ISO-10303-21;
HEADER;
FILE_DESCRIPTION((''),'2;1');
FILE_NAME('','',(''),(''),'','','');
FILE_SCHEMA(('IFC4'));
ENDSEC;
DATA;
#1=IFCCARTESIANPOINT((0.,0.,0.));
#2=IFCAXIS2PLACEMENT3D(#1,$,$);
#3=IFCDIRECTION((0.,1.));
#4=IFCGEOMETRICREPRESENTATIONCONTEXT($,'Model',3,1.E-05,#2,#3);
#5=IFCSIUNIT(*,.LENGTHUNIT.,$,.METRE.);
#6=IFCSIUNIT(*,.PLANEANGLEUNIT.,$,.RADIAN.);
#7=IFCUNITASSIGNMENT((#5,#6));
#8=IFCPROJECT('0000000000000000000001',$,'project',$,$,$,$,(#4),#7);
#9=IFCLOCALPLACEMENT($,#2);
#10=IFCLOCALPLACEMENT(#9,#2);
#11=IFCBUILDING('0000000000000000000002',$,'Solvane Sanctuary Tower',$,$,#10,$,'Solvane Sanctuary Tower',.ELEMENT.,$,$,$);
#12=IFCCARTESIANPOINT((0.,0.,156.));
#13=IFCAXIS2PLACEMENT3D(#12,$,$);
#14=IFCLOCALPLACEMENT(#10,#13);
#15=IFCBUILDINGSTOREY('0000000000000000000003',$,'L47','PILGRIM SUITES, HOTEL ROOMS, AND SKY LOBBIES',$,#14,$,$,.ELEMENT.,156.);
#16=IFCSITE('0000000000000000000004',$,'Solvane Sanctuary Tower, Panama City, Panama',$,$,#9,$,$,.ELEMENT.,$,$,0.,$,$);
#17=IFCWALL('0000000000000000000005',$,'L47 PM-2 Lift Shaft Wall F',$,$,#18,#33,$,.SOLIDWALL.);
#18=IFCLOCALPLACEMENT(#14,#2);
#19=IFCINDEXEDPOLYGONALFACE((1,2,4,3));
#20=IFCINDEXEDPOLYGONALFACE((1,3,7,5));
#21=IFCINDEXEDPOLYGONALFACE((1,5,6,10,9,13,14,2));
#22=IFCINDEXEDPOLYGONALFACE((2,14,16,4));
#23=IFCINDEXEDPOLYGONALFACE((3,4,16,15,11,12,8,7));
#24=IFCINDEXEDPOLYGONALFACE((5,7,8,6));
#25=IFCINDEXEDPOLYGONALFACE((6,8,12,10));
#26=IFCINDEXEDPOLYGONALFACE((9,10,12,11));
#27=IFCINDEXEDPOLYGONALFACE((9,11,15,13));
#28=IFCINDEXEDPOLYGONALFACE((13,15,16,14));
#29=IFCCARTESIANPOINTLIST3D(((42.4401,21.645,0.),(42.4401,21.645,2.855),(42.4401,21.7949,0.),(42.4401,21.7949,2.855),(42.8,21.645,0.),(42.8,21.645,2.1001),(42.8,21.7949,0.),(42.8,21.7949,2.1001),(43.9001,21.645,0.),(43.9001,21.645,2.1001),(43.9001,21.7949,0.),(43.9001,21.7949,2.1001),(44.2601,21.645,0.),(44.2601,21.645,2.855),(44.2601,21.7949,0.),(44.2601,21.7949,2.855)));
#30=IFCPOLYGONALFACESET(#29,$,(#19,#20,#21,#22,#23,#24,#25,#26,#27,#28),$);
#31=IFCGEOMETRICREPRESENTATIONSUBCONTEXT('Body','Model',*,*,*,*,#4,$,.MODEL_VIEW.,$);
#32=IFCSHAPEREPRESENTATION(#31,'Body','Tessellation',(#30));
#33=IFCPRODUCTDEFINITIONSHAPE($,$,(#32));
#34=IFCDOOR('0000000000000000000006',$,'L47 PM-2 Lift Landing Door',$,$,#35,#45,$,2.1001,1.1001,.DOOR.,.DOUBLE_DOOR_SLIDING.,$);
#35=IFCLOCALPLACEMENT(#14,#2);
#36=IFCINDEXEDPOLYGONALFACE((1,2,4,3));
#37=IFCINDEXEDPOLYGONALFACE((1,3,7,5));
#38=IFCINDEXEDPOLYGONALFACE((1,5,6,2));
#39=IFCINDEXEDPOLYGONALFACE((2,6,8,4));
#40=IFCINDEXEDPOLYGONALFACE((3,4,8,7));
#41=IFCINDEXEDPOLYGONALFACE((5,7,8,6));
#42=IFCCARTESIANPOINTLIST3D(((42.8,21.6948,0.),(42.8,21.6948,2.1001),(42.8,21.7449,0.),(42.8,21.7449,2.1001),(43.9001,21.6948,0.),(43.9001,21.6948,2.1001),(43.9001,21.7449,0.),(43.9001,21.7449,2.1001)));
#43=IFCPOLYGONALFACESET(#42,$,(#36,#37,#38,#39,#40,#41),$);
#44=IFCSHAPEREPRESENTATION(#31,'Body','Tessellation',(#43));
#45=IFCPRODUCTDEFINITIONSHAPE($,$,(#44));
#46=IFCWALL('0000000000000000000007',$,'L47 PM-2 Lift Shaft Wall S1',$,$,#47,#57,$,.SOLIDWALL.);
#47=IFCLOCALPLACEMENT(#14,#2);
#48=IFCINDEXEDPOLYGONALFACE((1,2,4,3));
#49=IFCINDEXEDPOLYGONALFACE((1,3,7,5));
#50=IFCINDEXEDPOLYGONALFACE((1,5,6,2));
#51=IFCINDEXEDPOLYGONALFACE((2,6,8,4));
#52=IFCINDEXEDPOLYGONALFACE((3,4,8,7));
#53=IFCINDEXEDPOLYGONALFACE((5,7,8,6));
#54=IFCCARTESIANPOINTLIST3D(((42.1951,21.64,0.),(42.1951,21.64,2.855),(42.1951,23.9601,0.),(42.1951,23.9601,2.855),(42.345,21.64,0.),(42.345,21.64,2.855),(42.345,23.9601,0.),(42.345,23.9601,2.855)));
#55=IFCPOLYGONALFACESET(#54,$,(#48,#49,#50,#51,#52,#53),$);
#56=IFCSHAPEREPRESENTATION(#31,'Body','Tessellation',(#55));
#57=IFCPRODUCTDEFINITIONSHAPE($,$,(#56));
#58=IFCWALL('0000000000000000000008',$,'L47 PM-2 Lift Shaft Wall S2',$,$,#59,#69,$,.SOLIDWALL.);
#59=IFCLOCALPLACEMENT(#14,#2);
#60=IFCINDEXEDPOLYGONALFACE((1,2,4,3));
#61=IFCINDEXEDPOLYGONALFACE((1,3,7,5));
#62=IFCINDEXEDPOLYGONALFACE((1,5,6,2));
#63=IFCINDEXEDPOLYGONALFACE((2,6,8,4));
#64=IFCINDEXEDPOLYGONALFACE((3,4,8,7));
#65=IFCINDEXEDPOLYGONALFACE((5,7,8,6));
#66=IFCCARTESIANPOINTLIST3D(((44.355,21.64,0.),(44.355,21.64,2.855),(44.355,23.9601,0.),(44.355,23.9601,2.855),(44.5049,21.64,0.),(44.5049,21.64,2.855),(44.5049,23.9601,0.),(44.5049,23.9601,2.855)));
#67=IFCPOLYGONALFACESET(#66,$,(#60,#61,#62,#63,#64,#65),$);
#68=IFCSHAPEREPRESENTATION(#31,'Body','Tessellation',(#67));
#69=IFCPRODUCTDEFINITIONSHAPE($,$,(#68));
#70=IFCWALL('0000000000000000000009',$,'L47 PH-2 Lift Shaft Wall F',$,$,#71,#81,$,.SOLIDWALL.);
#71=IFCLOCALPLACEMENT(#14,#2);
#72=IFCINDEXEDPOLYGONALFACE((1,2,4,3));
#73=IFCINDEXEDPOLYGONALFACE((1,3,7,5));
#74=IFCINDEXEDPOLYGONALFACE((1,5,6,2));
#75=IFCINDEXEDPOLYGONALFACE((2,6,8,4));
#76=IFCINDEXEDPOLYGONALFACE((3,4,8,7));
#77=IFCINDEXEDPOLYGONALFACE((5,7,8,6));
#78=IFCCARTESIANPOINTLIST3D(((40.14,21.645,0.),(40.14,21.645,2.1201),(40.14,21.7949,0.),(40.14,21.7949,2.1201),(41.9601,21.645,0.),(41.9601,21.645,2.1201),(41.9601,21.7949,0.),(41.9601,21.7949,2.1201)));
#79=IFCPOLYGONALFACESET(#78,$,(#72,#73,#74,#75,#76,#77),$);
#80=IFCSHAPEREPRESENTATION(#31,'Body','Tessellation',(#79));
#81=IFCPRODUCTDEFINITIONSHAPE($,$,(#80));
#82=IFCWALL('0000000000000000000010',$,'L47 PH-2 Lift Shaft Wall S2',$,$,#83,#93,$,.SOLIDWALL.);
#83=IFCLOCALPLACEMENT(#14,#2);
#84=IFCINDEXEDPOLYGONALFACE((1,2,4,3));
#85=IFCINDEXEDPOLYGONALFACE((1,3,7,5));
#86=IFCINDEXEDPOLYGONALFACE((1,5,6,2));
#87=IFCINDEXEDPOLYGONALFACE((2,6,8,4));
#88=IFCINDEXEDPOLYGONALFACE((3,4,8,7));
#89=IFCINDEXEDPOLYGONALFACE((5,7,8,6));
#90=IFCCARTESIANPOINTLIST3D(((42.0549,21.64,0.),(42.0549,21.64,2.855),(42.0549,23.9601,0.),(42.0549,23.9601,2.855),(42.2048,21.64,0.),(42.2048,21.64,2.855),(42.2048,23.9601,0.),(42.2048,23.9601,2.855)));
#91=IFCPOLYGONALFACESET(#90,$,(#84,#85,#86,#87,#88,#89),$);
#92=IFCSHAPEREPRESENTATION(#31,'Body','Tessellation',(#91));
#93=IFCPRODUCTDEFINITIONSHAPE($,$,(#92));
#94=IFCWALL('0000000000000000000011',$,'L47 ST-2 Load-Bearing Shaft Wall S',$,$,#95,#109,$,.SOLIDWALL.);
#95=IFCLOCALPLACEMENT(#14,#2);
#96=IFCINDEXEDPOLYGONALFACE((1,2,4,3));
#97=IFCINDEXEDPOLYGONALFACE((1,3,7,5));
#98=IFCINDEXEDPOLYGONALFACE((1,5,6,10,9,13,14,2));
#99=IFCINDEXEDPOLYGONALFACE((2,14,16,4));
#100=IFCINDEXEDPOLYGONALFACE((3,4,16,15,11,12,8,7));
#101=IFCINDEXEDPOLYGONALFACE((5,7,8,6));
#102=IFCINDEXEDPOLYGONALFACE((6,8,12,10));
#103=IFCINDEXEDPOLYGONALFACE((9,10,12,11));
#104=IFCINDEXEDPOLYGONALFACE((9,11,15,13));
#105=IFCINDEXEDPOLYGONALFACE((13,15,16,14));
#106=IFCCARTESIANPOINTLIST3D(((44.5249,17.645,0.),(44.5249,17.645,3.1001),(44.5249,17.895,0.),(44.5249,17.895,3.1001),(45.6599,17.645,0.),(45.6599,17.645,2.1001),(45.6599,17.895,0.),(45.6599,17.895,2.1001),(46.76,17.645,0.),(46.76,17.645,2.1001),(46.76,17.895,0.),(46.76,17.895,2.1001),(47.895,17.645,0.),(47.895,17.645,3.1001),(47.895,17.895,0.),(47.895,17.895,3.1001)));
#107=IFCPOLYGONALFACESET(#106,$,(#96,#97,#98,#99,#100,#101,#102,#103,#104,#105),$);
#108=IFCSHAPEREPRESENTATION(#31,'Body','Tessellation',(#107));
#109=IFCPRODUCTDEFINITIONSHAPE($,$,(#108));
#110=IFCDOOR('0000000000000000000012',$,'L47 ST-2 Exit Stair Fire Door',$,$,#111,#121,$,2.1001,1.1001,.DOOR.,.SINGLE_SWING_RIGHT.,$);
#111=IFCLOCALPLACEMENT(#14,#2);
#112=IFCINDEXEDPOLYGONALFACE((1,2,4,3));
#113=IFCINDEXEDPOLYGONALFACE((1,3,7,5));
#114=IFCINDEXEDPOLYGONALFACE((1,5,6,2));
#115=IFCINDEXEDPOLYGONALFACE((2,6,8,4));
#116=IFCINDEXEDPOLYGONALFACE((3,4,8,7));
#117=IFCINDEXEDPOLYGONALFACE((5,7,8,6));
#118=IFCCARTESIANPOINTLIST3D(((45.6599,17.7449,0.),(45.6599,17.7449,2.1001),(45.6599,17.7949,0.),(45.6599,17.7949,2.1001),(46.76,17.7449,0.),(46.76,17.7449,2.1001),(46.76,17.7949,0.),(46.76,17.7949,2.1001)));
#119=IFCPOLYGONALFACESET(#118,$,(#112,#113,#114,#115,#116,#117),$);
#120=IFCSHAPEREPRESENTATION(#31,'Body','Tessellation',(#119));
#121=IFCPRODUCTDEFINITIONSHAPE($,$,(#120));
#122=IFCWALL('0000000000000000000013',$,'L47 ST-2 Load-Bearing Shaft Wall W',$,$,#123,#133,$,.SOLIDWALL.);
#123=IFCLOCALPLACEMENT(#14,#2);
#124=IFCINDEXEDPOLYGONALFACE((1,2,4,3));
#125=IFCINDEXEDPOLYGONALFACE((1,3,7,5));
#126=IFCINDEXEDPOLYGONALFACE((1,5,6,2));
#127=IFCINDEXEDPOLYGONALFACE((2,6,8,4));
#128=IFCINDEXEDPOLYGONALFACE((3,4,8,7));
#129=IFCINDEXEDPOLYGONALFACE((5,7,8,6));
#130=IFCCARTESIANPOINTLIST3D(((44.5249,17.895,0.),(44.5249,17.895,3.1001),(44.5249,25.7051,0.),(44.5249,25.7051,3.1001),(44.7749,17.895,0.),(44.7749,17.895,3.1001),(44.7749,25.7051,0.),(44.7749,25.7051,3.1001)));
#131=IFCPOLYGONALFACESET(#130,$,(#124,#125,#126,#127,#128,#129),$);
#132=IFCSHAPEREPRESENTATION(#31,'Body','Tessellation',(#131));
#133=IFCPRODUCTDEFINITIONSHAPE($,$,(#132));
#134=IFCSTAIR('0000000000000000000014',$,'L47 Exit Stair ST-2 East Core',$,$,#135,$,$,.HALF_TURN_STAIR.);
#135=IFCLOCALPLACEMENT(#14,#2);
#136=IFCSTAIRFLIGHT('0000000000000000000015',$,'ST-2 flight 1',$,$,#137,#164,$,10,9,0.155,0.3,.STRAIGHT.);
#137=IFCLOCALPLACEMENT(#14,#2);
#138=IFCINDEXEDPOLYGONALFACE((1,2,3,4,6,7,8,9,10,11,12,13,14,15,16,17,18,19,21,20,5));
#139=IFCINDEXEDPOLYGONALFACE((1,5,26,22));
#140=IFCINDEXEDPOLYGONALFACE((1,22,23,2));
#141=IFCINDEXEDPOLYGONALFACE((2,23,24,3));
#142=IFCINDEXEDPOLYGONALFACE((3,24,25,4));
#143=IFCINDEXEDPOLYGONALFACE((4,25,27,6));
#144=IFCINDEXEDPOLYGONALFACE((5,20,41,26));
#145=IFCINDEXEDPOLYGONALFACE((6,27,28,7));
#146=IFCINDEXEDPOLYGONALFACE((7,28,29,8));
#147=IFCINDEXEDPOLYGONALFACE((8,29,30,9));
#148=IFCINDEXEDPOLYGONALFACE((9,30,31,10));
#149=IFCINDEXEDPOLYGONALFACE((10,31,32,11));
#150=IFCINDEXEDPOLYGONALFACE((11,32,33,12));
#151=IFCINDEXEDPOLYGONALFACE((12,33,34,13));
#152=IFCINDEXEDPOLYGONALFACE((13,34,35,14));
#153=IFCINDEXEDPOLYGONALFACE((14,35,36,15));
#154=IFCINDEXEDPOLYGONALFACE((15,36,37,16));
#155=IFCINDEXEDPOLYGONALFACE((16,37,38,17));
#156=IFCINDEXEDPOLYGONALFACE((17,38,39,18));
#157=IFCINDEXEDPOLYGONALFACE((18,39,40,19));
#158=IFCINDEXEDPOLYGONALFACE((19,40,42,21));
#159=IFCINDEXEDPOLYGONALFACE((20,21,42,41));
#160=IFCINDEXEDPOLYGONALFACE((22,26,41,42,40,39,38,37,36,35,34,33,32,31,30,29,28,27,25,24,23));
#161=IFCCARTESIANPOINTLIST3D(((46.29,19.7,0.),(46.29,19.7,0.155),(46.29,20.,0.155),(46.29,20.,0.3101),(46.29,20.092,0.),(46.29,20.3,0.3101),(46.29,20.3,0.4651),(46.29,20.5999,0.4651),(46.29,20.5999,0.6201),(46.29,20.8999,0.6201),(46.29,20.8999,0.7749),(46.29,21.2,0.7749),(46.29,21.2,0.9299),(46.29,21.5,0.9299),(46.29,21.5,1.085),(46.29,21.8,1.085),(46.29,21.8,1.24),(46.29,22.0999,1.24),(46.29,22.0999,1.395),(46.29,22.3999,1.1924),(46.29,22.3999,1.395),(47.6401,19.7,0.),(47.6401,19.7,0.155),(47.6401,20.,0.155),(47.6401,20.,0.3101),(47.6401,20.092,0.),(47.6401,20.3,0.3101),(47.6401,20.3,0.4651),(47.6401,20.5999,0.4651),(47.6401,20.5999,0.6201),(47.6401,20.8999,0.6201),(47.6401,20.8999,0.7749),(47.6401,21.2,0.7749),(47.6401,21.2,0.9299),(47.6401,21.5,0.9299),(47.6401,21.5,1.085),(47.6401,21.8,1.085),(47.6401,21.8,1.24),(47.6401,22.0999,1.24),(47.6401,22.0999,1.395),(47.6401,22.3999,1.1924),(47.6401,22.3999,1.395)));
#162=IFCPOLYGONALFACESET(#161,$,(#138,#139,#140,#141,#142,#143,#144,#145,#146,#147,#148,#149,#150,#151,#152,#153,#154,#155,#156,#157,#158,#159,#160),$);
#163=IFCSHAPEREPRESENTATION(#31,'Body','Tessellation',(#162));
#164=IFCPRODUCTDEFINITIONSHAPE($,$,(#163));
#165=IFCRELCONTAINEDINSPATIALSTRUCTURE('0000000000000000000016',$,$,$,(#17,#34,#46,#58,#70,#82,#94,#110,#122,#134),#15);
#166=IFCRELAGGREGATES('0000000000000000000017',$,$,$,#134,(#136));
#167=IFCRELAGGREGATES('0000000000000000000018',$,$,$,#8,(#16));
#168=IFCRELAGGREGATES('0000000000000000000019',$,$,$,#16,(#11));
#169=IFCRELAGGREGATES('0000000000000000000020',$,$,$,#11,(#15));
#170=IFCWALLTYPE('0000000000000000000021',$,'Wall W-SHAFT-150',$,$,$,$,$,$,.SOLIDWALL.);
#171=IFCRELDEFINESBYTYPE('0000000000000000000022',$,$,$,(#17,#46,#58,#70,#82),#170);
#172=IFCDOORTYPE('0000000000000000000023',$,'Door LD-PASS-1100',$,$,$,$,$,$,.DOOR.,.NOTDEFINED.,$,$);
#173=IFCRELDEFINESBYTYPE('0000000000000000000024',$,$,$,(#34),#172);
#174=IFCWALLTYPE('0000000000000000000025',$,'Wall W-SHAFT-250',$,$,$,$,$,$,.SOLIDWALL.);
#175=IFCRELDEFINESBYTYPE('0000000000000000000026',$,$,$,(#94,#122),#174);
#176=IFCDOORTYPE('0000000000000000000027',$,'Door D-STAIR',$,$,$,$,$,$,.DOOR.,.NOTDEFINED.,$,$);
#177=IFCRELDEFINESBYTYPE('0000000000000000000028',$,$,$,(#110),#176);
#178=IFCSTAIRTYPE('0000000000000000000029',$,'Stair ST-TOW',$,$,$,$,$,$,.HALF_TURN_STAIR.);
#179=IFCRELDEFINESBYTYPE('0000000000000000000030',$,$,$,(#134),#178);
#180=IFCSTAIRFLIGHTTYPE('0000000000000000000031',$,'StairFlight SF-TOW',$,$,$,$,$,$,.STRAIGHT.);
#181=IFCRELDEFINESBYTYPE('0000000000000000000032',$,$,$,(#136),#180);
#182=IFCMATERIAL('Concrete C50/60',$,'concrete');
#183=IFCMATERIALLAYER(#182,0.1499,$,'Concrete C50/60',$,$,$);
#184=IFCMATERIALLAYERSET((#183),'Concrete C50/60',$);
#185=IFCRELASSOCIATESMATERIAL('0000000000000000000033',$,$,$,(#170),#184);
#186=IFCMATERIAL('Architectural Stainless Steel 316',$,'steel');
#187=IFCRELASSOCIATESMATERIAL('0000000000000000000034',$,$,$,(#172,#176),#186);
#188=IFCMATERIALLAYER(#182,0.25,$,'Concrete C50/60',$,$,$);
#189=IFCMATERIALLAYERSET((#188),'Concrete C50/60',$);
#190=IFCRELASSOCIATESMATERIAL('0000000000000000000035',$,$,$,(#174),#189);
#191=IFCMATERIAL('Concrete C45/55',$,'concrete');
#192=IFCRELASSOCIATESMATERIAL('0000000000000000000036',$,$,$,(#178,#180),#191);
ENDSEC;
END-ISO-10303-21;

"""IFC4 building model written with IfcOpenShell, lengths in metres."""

from ifc_helpers import new_model, si_unit, direction, frame, frame_2d, origin, place, context, subcontext, project, spatial, polyline, rectangle, outline, extrude, material, layer, layer_set, type_object, element, fill, aggregate, save


model = new_model("IFC4")

# Units and contexts
model_context = context("Model", 3, precision=1e-05, world=origin(), true_north=direction((0.0, 1.0)))
body_context = subcontext(model_context, "Body", "Model", "MODEL_VIEW")
ifc_project = project(units=[si_unit("LENGTHUNIT", "METRE"), si_unit("PLANEANGLEUNIT", "RADIAN")], contexts=[model_context])

# Site, building, storey
site_placement = place(None, origin())
site = spatial("IfcSite", under=ifc_project, at=site_placement, Name="Solvane Sanctuary Tower, Panama City, Panama", CompositionType="ELEMENT", RefElevation=0.0)
building_placement = place(site_placement, origin())
building = spatial("IfcBuilding", under=site, at=building_placement, Name="Solvane Sanctuary Tower", LongName="Solvane Sanctuary Tower", CompositionType="ELEMENT")
storey_placement = place(building_placement, frame((0.0, 0.0, 156.0)))
storey = spatial("IfcBuildingStorey", under=building, at=storey_placement, Name="L47", Description="PILGRIM SUITES, HOTEL ROOMS, AND SKY LOBBIES", CompositionType="ELEMENT", Elevation=156.0)

# Wall, opening, door
ifc_material_1 = material(Name="Concrete C50/60", Category="concrete")
ifc_layer_1 = layer(ifc_material_1, 0.1499, Name="Concrete C50/60")
ifc_layer_set_1 = layer_set([ifc_layer_1], Name="Concrete C50/60")
wall_type_1 = type_object("IfcWallType", Name="Wall W-SHAFT-150", PredefinedType="SOLIDWALL", material=ifc_layer_set_1)
wall_1_placement = place(storey_placement, frame((42.4399, 21.72, 0.0), z_axis=(0.0, 0.0, 1.0), x_axis=(1.0, 0.0, 0.0)))
wall_1 = element("IfcWall", 1, at=wall_1_placement, inside=storey, type_object=wall_type_1, Name="L47 PM-2 Lift Shaft Wall F", PredefinedType="SOLIDWALL", context=body_context, shape_type="SweptSolid", body=[
    extrude(rectangle(XDim=1.8201, YDim=0.1499, at=frame_2d((0.9102, 0.0))), origin(), (0.0, 0.0, 1.0), 2.855),
])
opening_1_placement = place(wall_1_placement, frame((0.3601, 0.0, 0.0)))
opening_1 = element("IfcOpeningElement", 2, at=opening_1_placement, cuts=wall_1, PredefinedType="OPENING", context=body_context, shape_type="SweptSolid", body=[
    extrude(rectangle(XDim=1.1001, YDim=2.1001, at=frame_2d((0.55, 1.05))), frame((0.0, 0.085, 0.0), z_axis=(0.0, -1.0, 0.0), x_axis=(1.0, 0.0, 0.0)), (0.0, 0.0, 1.0), 0.1699),
])
ifc_material_2 = material(Name="Architectural Stainless Steel 316", Category="steel")
door_type_1 = type_object("IfcDoorType", Name="Door LD-PASS-1100", OperationType="NOTDEFINED", PredefinedType="DOOR", material=ifc_material_2)
door_1_placement = place(opening_1_placement, origin())
door_1 = element("IfcDoor", 3, at=door_1_placement, inside=storey, type_object=door_type_1, Name="L47 PM-2 Lift Landing Door", OperationType="DOUBLE_DOOR_SLIDING", OverallHeight=2.1001, OverallWidth=1.1001, PredefinedType="DOOR", context=body_context, shape_type="SweptSolid", body=[
    extrude(rectangle(XDim=1.1001, YDim=2.1001, at=frame_2d((0.55, 1.05))), frame((0.0, 0.0249, 0.0), z_axis=(0.0, -1.0, 0.0), x_axis=(1.0, 0.0, 0.0)), (0.0, 0.0, 1.0), 0.05),
])
fill(opening_1, door_1)

# Walls
for number, where, z_axis, x_axis, name in (
    (4, (42.27, 21.6399, 0.0), (0.0, 0.0, 1.0), (0.0, 1.0, 0.0), "L47 PM-2 Lift Shaft Wall S1"),
    (5, (44.4299, 21.6399, 0.0), (0.0, 0.0, 1.0), (0.0, 1.0, 0.0), "L47 PM-2 Lift Shaft Wall S2"),
):
    element("IfcWall", number, at=place(storey_placement, frame(where, z_axis=z_axis, x_axis=x_axis)), inside=storey, type_object=wall_type_1, Name=name, PredefinedType="SOLIDWALL", context=body_context, shape_type="SweptSolid", body=[
        extrude(rectangle(XDim=2.3201, YDim=0.1499, at=frame_2d((1.1602, 0.0))), origin(), (0.0, 0.0, 1.0), 2.855),
    ])
wall_2_placement = place(storey_placement, frame((40.1399, 21.72, 0.0), z_axis=(0.0, 0.0, 1.0), x_axis=(1.0, 0.0, 0.0)))
element("IfcWall", 6, at=wall_2_placement, inside=storey, type_object=wall_type_1, Name="L47 PH-2 Lift Shaft Wall F", PredefinedType="SOLIDWALL", context=body_context, shape_type="SweptSolid", body=[
    extrude(rectangle(XDim=1.8201, YDim=0.1499, at=frame_2d((0.9102, 0.0))), origin(), (0.0, 0.0, 1.0), 2.1201),
])
wall_3_placement = place(storey_placement, frame((42.1299, 21.6399, 0.0), z_axis=(0.0, 0.0, 1.0), x_axis=(0.0, 1.0, 0.0)))
element("IfcWall", 7, at=wall_3_placement, inside=storey, type_object=wall_type_1, Name="L47 PH-2 Lift Shaft Wall S2", PredefinedType="SOLIDWALL", context=body_context, shape_type="SweptSolid", body=[
    extrude(rectangle(XDim=2.3201, YDim=0.1499, at=frame_2d((1.1602, 0.0))), origin(), (0.0, 0.0, 1.0), 2.855),
])

# Wall, opening, door
ifc_layer_2 = layer(ifc_material_1, 0.25, Name="Concrete C50/60")
ifc_layer_set_2 = layer_set([ifc_layer_2], Name="Concrete C50/60")
wall_type_2 = type_object("IfcWallType", Name="Wall W-SHAFT-250", PredefinedType="SOLIDWALL", material=ifc_layer_set_2)
wall_4_placement = place(storey_placement, frame((44.5249, 17.77, 0.0), z_axis=(0.0, 0.0, 1.0), x_axis=(1.0, 0.0, 0.0)))
wall_4 = element("IfcWall", 8, at=wall_4_placement, inside=storey, type_object=wall_type_2, Name="L47 ST-2 Load-Bearing Shaft Wall S", PredefinedType="SOLIDWALL", context=body_context, shape_type="SweptSolid", body=[
    extrude(rectangle(XDim=3.3701, YDim=0.25, at=frame_2d((1.6851, 0.0))), origin(), (0.0, 0.0, 1.0), 3.1001),
])
opening_2_placement = place(wall_4_placement, frame((1.135, 0.0, 0.0)))
opening_2 = element("IfcOpeningElement", 9, at=opening_2_placement, cuts=wall_4, PredefinedType="OPENING", context=body_context, shape_type="SweptSolid", body=[
    extrude(rectangle(XDim=1.1001, YDim=2.1001, at=frame_2d((0.55, 1.05))), frame((0.0, 0.135, 0.0), z_axis=(0.0, -1.0, 0.0), x_axis=(1.0, 0.0, 0.0)), (0.0, 0.0, 1.0), 0.27),
])
door_type_2 = type_object("IfcDoorType", Name="Door D-STAIR", OperationType="NOTDEFINED", PredefinedType="DOOR", material=ifc_material_2)
door_2_placement = place(opening_2_placement, origin())
door_2 = element("IfcDoor", 10, at=door_2_placement, inside=storey, type_object=door_type_2, Name="L47 ST-2 Exit Stair Fire Door", OperationType="SINGLE_SWING_RIGHT", OverallHeight=2.1001, OverallWidth=1.1001, PredefinedType="DOOR", context=body_context, shape_type="SweptSolid", body=[
    extrude(rectangle(XDim=1.1001, YDim=2.1001, at=frame_2d((0.55, 1.05))), frame((0.0, 0.0249, 0.0), z_axis=(0.0, -1.0, 0.0), x_axis=(1.0, 0.0, 0.0)), (0.0, 0.0, 1.0), 0.05),
])
fill(opening_2, door_2)

# Wall
wall_5_placement = place(storey_placement, frame((44.6499, 17.895, 0.0), z_axis=(0.0, 0.0, 1.0), x_axis=(0.0, 1.0, 0.0)))
element("IfcWall", 11, at=wall_5_placement, inside=storey, type_object=wall_type_2, Name="L47 ST-2 Load-Bearing Shaft Wall W", PredefinedType="SOLIDWALL", context=body_context, shape_type="SweptSolid", body=[
    extrude(rectangle(XDim=7.8101, YDim=0.25, at=frame_2d((3.905, 0.0))), origin(), (0.0, 0.0, 1.0), 3.1001),
])

# Stair, stair flight
ifc_material_3 = material(Name="Concrete C45/55", Category="concrete")
stair_type = type_object("IfcStairType", Name="Stair ST-TOW", PredefinedType="HALF_TURN_STAIR", material=ifc_material_3)
stair_placement = place(storey_placement, origin())
stair = element("IfcStair", 12, at=stair_placement, inside=storey, type_object=stair_type, Name="L47 Exit Stair ST-2 East Core", PredefinedType="HALF_TURN_STAIR")
stair_flight_type = type_object("IfcStairFlightType", Name="StairFlight SF-TOW", PredefinedType="STRAIGHT", material=ifc_material_3)
stair_flight_placement = place(storey_placement, frame((46.9651, 19.7, 0.0), z_axis=(0.0, 0.0, 1.0), x_axis=(0.0, 1.0, 0.0)))
stair_flight = element("IfcStairFlight", 13, at=stair_flight_placement, type_object=stair_flight_type, Name="ST-2 flight 1", NumberOfRisers=10, NumberOfTreads=9, PredefinedType="STRAIGHT", RiserHeight=0.155, TreadLength=0.3, context=body_context, shape_type="SweptSolid", body=[
    extrude(outline(polyline([(0.0, 0.0), (0.0, 0.155), (0.3, 0.155), (0.3, 0.3101), (0.6001, 0.3101), (0.6001, 0.4651), (0.8999, 0.4651), (0.8999, 0.6201), (1.2, 0.6201), (1.2, 0.7749), (1.5, 0.7749), (1.5, 0.9299), (1.8, 0.9299), (1.8, 1.085), (2.1001, 1.085), (2.1001, 1.24), (2.3999, 1.24), (2.3999, 1.395), (2.7, 1.395), (2.7, 1.55), (2.7, 1.1924), (0.3921, 0.0), (0.0, 0.0)])), frame((0.0, 0.675, 0.0), z_axis=(0.0, -1.0, 0.0), x_axis=(1.0, 0.0, 0.0)), (0.0, 0.0, 1.0), 1.3501),
])
aggregate(stair, [stair_flight])

save(model, "model.ifc")
